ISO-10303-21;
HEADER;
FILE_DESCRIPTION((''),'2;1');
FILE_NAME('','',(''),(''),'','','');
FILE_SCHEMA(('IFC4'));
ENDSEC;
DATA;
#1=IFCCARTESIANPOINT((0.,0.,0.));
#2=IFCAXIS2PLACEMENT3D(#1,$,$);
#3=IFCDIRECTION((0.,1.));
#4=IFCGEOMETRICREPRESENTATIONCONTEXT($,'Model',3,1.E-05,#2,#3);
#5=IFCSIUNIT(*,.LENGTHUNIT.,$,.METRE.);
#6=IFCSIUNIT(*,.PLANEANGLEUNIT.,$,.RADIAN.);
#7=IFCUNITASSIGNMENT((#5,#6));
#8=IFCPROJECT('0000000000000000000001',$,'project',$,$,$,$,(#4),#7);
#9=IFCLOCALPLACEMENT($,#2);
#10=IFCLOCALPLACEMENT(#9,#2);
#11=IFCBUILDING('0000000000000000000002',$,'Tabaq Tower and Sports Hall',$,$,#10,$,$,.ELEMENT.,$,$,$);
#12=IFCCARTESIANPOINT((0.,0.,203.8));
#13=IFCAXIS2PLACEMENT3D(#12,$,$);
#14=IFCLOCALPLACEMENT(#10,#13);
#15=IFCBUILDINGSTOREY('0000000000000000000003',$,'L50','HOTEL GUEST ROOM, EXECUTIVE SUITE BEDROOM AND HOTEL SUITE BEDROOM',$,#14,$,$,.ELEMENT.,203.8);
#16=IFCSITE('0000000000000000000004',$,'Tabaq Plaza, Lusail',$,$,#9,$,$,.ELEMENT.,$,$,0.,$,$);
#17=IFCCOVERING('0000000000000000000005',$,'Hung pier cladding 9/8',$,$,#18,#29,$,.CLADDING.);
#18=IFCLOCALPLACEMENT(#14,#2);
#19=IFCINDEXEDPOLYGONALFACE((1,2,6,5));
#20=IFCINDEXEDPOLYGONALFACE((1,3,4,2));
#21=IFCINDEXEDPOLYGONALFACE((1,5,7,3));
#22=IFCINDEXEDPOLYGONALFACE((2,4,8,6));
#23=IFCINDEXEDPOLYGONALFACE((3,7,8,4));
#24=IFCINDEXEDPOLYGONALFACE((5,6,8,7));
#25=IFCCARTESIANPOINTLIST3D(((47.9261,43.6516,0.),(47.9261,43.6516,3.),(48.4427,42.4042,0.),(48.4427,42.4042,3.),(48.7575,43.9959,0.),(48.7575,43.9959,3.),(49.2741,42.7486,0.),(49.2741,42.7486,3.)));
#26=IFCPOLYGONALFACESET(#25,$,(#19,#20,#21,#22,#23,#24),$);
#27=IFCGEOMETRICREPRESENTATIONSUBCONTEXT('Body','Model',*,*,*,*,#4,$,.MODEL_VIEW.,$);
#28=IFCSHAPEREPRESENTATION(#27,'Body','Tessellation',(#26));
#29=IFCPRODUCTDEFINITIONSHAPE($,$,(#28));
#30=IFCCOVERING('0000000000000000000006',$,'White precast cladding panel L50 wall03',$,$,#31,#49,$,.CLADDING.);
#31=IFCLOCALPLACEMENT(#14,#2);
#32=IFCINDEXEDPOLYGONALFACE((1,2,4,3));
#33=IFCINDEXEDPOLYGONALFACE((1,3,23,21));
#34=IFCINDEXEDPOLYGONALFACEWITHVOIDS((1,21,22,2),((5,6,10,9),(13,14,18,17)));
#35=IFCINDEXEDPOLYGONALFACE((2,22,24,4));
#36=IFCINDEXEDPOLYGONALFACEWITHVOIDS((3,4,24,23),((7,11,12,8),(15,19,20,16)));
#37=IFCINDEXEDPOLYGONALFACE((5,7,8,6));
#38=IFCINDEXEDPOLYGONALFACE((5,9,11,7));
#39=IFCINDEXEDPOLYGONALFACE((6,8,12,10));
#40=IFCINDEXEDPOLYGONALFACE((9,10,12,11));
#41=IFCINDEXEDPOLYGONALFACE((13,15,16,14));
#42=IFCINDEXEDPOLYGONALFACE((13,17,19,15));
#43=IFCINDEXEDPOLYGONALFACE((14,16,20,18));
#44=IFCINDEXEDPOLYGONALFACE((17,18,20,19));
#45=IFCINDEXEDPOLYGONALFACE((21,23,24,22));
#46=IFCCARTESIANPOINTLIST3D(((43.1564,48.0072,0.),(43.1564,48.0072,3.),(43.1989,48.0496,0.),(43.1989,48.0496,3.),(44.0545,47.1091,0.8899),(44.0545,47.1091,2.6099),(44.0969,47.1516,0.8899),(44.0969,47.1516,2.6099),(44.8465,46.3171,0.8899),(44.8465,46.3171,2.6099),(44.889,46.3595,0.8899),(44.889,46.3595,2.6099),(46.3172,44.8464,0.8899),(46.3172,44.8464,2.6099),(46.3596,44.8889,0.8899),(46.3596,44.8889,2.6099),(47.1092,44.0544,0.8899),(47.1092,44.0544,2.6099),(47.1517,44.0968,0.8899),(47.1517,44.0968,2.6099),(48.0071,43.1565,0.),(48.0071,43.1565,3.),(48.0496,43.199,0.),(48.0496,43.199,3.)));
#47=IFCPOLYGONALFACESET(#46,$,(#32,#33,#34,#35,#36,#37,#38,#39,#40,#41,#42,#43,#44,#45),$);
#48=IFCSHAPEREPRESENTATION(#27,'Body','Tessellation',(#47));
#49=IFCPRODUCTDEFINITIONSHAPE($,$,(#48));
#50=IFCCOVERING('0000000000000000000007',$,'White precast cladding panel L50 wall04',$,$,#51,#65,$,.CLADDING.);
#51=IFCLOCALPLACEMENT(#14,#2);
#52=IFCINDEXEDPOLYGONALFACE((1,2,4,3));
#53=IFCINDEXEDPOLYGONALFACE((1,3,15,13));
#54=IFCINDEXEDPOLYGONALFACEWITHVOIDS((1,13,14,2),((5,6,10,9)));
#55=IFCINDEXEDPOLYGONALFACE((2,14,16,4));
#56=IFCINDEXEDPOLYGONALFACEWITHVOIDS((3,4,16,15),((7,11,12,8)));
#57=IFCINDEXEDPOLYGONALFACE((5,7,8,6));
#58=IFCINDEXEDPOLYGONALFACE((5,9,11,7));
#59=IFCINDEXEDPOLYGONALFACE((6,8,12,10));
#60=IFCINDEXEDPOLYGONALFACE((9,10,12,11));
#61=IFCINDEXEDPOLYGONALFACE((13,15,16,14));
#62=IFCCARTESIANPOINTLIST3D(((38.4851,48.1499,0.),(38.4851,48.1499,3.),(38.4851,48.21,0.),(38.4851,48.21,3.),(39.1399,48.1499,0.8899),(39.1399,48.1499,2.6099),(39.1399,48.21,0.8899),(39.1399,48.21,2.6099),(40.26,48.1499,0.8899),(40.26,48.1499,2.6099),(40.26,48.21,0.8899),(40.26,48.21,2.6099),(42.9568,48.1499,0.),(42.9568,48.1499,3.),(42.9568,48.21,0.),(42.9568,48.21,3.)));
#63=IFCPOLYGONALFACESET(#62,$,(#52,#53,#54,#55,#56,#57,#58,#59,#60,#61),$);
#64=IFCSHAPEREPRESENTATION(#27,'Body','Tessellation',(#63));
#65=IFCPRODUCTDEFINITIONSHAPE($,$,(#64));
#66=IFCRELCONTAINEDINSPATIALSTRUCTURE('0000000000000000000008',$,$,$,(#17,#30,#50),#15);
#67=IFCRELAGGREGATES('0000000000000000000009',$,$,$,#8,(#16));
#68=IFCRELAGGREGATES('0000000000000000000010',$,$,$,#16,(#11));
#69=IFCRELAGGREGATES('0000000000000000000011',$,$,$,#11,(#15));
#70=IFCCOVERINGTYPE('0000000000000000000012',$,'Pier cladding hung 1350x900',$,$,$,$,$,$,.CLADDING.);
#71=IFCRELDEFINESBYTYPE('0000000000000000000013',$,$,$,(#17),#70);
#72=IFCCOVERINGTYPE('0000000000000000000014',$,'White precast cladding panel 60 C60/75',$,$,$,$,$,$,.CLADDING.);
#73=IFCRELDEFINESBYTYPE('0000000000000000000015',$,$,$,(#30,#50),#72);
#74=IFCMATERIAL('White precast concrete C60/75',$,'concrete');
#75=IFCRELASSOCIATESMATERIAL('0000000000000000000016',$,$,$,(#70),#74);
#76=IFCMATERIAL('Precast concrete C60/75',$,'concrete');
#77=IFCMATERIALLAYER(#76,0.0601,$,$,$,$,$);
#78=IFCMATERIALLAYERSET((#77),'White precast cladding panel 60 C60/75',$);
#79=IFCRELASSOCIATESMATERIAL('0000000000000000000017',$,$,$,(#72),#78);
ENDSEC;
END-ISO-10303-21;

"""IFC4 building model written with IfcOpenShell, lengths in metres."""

from ifc_helpers import new_model, si_unit, direction, frame, frame_2d, origin, place, context, subcontext, project, spatial, polyline, rectangle, outline, extrude, material, layer, layer_set, type_object, element, save


model = new_model("IFC4")

# Units and contexts
model_context = context("Model", 3, precision=1e-05, world=origin(), true_north=direction((0.0, 1.0)))
body_context = subcontext(model_context, "Body", "Model", "MODEL_VIEW")
ifc_project = project(units=[si_unit("LENGTHUNIT", "METRE"), si_unit("PLANEANGLEUNIT", "RADIAN")], contexts=[model_context])

# Site, building, storey
site_placement = place(None, origin())
site = spatial("IfcSite", under=ifc_project, at=site_placement, Name="Tabaq Plaza, Lusail", CompositionType="ELEMENT", RefElevation=0.0)
building_placement = place(site_placement, origin())
building = spatial("IfcBuilding", under=site, at=building_placement, Name="Tabaq Tower and Sports Hall", CompositionType="ELEMENT")
storey_placement = place(building_placement, frame((0.0, 0.0, 203.8)))
storey = spatial("IfcBuildingStorey", under=building, at=storey_placement, Name="L50", Description="HOTEL GUEST ROOM, EXECUTIVE SUITE BEDROOM AND HOTEL SUITE BEDROOM", CompositionType="ELEMENT", Elevation=203.8)

# Coverings
ifc_material_1 = material(Name="White precast concrete C60/75", Category="concrete")
covering_type_1 = type_object("IfcCoveringType", Name="Pier cladding hung 1350x900", PredefinedType="CLADDING", material=ifc_material_1)
for number, where, z_axis, x_axis, name in (
    (1, (48.8584, 42.5764, 0.0), (0.0, 0.0, 1.0), (-0.38265, 0.923893, 0.0), "Hung pier cladding 9/8"),
):
    element("IfcCovering", number, at=place(storey_placement, frame(where, z_axis=z_axis, x_axis=x_axis)), inside=storey, type_object=covering_type_1, Name=name, PredefinedType="CLADDING", context=body_context, shape_type="SweptSolid", body=[
        extrude(rectangle(XDim=1.3501, YDim=0.8999, at=frame_2d((0.675, 0.0))), origin(), (0.0, 0.0, 1.0), 3.0),
    ])
ifc_material_2 = material(Name="Precast concrete C60/75", Category="concrete")
ifc_layer_1 = layer(ifc_material_2, 0.0601)
ifc_layer_set_1 = layer_set([ifc_layer_1], Name="White precast cladding panel 60 C60/75")
covering_type_2 = type_object("IfcCoveringType", Name="White precast cladding panel 60 C60/75", PredefinedType="CLADDING", material=ifc_layer_set_1)
covering_1_placement = place(storey_placement, frame((48.0283, 43.1777, 0.0), z_axis=(0.0, 0.0, 1.0), x_axis=(-0.707107, 0.707107, 0.0)))
element("IfcCovering", 2, at=covering_1_placement, inside=storey, type_object=covering_type_2, Name="White precast cladding panel L50 wall03", PredefinedType="CLADDING", context=body_context, shape_type="SweptSolid", body=[
    extrude(outline(polyline([(0.0, 0.0), (6.8599, 0.0), (6.8599, 3.0), (0.0, 3.0), (0.0, 0.0)]), holes=[polyline([(1.2698, 2.6099), (2.3899, 2.6099), (2.3899, 0.8899), (1.2698, 0.8899), (1.2698, 2.6099)]), polyline([(4.4697, 2.6099), (5.5898, 2.6099), (5.5898, 0.8899), (4.4697, 0.8899), (4.4697, 2.6099)])]), frame((0.0, 0.03, 0.0), z_axis=(0.0, -1.0, 0.0), x_axis=(1.0, 0.0, 0.0)), (0.0, 0.0, 1.0), 0.0601),
])
covering_2_placement = place(storey_placement, frame((42.9568, 48.1799, 0.0), z_axis=(0.0, 0.0, 1.0), x_axis=(-1.0, 0.0, 0.0)))
element("IfcCovering", 3, at=covering_2_placement, inside=storey, type_object=covering_type_2, Name="White precast cladding panel L50 wall04", PredefinedType="CLADDING", context=body_context, shape_type="SweptSolid", body=[
    extrude(outline(polyline([(0.0, 0.0), (4.4717, 0.0), (4.4717, 3.0), (0.0, 3.0), (0.0, 0.0)]), holes=[polyline([(2.6968, 0.8899), (2.6968, 2.6099), (3.8169, 2.6099), (3.8169, 0.8899), (2.6968, 0.8899)])]), frame((0.0, 0.03, 0.0), z_axis=(0.0, -1.0, 0.0), x_axis=(1.0, 0.0, 0.0)), (0.0, 0.0, 1.0), 0.0601),
])

save(model, "model.ifc")
